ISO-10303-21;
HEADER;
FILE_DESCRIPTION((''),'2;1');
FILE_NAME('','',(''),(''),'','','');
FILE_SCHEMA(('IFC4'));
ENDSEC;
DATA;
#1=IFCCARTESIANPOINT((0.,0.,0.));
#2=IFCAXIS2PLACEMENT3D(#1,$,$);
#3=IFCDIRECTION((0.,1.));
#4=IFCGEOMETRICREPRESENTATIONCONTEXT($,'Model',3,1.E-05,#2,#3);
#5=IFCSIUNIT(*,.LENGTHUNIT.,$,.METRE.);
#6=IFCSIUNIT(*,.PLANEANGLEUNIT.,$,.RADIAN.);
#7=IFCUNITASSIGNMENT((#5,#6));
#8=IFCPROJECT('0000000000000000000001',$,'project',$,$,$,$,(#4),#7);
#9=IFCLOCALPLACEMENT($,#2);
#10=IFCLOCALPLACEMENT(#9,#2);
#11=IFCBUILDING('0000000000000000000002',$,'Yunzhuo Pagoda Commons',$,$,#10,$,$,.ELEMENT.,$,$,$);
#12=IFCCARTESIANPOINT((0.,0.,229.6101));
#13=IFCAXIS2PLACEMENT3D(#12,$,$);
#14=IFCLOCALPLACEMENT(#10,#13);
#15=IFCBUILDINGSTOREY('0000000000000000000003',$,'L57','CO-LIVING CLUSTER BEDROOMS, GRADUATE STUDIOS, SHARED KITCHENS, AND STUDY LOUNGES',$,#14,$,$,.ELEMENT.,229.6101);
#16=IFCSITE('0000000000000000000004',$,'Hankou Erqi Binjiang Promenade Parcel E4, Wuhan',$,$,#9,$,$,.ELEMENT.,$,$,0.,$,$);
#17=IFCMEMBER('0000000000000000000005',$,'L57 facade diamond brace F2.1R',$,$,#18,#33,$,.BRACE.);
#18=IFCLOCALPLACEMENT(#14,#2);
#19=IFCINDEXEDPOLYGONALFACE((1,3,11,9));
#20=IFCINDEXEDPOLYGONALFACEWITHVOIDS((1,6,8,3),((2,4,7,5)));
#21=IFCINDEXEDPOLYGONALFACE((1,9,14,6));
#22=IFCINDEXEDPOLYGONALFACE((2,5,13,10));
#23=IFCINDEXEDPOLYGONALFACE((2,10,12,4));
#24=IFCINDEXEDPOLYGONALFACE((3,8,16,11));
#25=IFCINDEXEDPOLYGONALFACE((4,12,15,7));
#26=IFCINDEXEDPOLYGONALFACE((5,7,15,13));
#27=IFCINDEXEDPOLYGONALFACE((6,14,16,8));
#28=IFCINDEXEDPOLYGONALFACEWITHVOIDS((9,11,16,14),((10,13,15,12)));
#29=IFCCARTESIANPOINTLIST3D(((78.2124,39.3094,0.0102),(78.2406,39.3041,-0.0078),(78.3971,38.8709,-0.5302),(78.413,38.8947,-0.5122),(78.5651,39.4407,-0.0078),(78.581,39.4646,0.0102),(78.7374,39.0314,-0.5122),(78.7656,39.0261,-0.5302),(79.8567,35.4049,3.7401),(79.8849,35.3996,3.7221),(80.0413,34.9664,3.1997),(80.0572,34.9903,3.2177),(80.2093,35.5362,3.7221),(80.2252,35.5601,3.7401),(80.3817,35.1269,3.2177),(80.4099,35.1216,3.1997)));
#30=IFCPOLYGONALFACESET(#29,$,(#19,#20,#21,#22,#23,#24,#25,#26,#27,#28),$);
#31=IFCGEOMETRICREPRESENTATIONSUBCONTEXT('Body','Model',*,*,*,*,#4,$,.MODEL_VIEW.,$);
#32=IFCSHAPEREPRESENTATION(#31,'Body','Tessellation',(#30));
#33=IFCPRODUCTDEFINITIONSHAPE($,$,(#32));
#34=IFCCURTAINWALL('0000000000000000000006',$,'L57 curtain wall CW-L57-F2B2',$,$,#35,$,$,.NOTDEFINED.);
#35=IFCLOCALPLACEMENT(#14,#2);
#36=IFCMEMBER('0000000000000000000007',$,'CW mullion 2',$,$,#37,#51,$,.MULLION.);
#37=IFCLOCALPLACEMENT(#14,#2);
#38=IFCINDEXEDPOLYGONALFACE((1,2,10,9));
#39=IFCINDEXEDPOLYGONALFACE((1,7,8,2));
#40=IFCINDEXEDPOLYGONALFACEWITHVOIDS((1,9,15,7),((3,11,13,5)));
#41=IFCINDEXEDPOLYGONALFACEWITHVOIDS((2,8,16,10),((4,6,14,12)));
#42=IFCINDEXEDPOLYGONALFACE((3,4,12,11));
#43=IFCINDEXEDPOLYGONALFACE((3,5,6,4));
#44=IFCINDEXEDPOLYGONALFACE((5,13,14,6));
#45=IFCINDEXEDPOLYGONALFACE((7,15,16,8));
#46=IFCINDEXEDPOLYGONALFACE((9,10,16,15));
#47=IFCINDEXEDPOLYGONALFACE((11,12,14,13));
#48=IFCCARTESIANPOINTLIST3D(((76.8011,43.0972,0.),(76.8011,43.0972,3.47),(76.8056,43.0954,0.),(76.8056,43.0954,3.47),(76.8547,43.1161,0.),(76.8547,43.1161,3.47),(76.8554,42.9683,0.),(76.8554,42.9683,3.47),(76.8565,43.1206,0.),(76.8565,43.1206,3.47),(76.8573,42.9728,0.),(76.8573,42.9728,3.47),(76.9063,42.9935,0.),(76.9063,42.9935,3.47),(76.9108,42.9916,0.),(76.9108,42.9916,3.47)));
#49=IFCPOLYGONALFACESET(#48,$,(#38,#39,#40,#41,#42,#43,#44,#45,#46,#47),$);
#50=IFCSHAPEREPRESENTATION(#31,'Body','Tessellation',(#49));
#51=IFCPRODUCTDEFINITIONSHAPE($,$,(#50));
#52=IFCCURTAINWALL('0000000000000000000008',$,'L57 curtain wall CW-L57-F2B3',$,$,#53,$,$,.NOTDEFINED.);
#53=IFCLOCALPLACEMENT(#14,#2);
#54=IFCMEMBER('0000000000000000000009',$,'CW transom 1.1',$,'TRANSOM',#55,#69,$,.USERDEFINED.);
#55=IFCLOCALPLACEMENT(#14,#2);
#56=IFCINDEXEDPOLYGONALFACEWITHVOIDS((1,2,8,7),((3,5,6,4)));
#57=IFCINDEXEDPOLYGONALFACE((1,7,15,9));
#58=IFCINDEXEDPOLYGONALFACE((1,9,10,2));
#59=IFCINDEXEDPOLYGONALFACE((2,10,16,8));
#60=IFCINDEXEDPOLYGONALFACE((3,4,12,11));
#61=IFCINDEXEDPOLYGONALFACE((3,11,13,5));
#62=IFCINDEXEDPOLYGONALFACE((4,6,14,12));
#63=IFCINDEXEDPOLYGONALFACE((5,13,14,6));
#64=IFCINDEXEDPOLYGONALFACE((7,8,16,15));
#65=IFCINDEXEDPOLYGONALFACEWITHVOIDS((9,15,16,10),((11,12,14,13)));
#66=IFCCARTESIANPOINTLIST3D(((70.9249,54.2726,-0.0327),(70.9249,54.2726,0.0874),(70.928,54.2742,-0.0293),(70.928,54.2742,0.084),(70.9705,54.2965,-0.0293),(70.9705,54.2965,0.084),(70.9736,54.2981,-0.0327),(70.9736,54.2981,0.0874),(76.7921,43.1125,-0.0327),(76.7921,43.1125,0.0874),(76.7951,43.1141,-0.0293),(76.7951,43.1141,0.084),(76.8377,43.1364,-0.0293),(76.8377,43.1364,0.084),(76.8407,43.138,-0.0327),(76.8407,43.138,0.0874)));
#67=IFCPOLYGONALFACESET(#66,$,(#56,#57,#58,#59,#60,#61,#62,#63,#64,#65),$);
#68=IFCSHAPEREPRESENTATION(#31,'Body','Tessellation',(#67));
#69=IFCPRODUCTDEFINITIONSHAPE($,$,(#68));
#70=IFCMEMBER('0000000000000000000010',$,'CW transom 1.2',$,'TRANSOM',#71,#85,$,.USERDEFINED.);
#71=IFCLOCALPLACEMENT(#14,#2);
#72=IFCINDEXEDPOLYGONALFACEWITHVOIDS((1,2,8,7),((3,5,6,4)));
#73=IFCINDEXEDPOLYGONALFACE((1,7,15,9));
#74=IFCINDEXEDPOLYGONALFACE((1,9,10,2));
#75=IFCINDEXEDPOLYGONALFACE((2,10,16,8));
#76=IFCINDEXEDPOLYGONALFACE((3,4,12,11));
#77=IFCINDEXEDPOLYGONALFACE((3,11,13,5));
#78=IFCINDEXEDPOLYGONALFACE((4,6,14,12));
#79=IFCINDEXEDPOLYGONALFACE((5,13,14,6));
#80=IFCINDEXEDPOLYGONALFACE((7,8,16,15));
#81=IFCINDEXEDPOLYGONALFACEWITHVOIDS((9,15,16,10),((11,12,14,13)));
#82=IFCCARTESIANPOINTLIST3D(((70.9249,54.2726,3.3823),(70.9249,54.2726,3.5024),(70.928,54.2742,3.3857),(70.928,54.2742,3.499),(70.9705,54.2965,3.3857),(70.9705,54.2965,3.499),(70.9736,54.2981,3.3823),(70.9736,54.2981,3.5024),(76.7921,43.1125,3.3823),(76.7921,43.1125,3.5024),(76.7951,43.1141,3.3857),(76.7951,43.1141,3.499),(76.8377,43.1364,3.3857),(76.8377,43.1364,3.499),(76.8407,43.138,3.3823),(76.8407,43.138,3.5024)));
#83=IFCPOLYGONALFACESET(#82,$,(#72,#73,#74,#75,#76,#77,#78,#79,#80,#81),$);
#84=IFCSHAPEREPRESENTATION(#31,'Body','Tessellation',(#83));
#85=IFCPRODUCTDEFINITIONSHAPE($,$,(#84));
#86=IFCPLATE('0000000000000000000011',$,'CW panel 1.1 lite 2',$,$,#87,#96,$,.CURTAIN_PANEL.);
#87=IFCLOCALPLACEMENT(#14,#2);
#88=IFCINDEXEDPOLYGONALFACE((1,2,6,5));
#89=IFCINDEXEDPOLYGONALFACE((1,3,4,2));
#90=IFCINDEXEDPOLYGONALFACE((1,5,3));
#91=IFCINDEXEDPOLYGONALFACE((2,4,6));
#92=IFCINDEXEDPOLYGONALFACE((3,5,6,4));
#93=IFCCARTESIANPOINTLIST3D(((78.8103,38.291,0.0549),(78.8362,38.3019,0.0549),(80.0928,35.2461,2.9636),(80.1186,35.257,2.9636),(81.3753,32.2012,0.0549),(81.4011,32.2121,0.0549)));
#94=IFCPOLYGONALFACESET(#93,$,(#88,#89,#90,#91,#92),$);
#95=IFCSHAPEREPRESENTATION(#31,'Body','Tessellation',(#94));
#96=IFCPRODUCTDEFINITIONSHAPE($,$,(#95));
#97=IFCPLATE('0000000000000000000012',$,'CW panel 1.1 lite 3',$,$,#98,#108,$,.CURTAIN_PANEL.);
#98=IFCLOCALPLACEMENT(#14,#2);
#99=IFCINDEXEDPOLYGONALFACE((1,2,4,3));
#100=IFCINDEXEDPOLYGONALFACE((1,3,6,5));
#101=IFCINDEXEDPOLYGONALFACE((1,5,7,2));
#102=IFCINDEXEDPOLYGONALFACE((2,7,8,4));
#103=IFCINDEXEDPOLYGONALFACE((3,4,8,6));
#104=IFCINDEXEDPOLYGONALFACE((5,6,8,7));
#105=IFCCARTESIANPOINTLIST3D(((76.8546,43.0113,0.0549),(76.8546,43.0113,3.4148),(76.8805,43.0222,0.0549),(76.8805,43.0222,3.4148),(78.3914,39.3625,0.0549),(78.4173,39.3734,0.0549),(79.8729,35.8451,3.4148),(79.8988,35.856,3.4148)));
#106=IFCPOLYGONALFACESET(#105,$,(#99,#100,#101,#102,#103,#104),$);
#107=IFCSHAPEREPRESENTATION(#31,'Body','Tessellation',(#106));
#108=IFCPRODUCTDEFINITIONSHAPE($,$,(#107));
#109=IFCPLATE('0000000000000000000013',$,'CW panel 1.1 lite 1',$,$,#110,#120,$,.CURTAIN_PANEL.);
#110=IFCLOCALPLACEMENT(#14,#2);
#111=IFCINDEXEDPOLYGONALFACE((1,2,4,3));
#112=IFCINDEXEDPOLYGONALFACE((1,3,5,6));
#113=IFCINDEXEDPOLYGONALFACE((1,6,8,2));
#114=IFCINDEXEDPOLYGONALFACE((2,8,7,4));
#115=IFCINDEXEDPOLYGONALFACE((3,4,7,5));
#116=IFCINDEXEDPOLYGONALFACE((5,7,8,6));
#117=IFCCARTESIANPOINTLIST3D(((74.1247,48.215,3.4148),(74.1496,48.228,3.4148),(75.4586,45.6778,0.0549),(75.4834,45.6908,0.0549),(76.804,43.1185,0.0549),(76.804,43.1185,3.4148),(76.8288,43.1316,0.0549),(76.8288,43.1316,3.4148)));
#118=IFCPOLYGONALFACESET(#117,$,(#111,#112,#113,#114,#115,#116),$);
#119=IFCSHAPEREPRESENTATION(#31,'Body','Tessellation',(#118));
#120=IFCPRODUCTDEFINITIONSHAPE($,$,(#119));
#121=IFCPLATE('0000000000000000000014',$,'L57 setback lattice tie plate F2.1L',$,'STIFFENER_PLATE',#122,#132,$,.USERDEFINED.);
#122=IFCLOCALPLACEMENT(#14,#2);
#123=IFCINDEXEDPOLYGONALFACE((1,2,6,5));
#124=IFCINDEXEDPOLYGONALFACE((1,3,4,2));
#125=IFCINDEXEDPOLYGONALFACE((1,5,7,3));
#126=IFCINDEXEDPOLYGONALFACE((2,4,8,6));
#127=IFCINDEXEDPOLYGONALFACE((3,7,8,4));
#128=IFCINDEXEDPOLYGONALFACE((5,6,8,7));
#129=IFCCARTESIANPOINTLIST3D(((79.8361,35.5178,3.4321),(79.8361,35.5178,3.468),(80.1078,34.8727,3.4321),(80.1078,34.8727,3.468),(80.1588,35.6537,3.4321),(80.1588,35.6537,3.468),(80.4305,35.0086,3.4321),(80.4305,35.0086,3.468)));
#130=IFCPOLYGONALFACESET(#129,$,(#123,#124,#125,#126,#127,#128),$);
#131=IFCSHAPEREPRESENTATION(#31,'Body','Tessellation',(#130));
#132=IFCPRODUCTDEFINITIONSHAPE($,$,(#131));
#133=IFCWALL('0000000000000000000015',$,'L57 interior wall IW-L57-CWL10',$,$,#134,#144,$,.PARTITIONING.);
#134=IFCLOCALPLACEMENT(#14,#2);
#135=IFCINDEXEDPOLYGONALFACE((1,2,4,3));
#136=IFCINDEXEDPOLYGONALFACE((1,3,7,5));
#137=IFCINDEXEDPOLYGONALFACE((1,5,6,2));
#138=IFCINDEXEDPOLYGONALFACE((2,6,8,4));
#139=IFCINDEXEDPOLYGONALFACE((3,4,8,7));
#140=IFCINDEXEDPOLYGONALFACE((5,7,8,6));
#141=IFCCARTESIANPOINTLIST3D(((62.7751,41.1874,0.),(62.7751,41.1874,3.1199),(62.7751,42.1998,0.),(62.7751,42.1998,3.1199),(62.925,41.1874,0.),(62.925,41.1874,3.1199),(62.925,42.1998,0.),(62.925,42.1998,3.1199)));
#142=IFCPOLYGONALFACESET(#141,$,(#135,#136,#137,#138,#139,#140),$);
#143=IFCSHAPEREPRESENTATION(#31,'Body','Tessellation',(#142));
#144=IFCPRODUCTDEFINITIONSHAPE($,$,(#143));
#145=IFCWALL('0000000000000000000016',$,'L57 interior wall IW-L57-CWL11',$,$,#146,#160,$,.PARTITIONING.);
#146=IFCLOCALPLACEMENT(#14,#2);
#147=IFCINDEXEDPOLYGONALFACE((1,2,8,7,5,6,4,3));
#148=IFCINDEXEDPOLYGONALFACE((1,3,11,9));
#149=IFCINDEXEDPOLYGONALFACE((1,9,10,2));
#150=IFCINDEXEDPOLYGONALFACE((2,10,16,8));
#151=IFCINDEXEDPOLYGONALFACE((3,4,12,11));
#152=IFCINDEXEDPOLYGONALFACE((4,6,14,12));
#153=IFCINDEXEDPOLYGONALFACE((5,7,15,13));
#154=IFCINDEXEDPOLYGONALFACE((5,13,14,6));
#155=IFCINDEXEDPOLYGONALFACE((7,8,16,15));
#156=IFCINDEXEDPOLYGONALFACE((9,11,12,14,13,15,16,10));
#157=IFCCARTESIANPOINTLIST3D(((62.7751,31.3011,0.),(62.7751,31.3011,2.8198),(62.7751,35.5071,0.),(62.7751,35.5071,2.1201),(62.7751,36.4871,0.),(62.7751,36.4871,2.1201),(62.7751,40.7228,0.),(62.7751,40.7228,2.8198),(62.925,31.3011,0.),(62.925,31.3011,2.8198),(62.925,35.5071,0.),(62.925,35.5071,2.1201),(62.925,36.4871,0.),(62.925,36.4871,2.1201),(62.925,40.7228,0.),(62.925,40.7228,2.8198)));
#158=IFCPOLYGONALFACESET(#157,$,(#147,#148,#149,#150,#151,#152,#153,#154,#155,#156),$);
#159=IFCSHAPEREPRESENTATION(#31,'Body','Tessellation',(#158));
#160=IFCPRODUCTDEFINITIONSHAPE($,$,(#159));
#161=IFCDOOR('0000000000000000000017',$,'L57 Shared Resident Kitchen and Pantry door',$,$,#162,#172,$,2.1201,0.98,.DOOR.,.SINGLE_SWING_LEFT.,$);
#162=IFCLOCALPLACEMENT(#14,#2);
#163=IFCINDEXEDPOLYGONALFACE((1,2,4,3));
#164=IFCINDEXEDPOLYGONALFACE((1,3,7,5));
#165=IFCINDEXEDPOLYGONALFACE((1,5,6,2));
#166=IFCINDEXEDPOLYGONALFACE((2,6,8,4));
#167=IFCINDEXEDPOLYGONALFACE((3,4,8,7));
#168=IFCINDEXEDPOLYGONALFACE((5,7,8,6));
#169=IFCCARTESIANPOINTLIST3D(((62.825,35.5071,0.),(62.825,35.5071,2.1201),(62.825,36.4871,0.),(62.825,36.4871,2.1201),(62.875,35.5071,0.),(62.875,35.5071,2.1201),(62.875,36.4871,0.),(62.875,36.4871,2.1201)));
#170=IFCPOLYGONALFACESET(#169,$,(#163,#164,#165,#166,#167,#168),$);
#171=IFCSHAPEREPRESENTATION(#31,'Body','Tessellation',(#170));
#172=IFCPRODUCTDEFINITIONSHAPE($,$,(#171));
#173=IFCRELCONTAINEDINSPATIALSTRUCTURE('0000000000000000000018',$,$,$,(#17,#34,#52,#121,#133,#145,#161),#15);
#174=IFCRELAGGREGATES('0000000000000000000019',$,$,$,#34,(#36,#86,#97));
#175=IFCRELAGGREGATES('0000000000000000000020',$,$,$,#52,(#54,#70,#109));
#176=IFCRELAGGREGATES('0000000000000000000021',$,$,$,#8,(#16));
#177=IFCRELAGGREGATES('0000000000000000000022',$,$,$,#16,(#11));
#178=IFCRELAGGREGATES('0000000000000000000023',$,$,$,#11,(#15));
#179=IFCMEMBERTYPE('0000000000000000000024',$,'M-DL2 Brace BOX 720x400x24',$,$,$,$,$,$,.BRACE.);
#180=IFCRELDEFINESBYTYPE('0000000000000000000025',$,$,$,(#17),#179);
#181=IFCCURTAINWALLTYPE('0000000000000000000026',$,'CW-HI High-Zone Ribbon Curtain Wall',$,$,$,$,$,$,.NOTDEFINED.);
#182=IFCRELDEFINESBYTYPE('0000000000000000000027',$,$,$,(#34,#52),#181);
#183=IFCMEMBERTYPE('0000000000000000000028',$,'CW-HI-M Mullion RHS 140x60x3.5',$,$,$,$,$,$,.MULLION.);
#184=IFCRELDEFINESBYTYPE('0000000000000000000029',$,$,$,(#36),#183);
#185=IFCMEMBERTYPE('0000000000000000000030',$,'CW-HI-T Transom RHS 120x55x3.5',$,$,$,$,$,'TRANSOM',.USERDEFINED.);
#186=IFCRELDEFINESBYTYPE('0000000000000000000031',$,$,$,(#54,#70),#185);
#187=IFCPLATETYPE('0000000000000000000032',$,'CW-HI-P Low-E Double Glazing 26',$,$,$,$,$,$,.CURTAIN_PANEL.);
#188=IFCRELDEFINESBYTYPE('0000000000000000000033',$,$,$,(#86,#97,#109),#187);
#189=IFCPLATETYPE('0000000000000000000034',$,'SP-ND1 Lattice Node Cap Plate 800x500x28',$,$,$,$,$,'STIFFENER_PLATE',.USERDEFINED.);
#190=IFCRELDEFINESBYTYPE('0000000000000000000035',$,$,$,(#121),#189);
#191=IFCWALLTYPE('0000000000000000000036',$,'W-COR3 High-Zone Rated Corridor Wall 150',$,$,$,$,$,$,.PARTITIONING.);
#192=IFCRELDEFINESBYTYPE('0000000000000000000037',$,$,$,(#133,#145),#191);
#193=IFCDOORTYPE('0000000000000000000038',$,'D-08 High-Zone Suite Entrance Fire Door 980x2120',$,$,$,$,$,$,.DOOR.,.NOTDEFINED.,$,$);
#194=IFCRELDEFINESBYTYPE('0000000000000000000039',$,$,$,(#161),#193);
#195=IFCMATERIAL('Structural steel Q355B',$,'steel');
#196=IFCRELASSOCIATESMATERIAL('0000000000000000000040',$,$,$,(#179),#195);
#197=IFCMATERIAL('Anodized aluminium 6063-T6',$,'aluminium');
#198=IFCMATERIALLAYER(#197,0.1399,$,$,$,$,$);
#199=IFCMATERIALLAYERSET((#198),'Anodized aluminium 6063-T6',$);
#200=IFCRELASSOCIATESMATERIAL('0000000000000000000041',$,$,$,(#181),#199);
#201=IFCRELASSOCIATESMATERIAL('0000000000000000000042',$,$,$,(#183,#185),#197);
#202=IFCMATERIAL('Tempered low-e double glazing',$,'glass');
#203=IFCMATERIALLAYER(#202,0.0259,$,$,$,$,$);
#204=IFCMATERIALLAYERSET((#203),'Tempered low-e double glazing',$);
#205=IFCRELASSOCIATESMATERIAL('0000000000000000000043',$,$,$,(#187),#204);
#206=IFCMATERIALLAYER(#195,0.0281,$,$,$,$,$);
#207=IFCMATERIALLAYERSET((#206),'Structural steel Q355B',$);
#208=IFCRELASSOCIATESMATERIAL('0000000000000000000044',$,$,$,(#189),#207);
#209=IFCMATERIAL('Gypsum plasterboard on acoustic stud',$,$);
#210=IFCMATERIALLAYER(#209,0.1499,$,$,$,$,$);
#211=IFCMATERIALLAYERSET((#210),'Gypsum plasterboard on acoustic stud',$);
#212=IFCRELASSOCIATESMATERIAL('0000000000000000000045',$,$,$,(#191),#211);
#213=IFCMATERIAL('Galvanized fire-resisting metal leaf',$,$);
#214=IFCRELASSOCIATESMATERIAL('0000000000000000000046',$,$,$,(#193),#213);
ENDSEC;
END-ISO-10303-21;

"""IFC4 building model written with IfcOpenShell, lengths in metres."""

from ifc_helpers import new_model, si_unit, direction, frame, frame_2d, origin, origin_with_axes, origin_2d, place, context, subcontext, project, spatial, polyline, rectangle, hollow_rectangle, outline, extrude, source, transform, mapped, material, layer, layer_set, material_profile, profile_set, type_object, element, fill, aggregate, save


model = new_model("IFC4")

# Units and contexts
model_context = context("Model", 3, precision=1e-05, world=origin(), true_north=direction((0.0, 1.0)))
body_context = subcontext(model_context, "Body", "Model", "MODEL_VIEW")
ifc_project = project(units=[si_unit("LENGTHUNIT", "METRE"), si_unit("PLANEANGLEUNIT", "RADIAN")], contexts=[model_context])

# Site, building, storey
site_placement = place(None, origin())
site = spatial("IfcSite", under=ifc_project, at=site_placement, Name="Hankou Erqi Binjiang Promenade Parcel E4, Wuhan", CompositionType="ELEMENT", RefElevation=0.0)
building_placement = place(site_placement, origin())
building = spatial("IfcBuilding", under=site, at=building_placement, Name="Yunzhuo Pagoda Commons", CompositionType="ELEMENT")
storey_placement = place(building_placement, frame((0.0, 0.0, 229.6101)))
storey = spatial("IfcBuildingStorey", under=building, at=storey_placement, Name="L57", Description="CO-LIVING CLUSTER BEDROOMS, GRADUATE STUDIOS, SHARED KITCHENS, AND STUDY LOUNGES", CompositionType="ELEMENT", Elevation=229.6101)

# Shared definitions
ifc_material_1 = material(Name="Structural steel Q355B", Category="steel")

# Member
ifc_material_profile_1 = material_profile(ifc_material_1, hollow_rectangle(XDim=0.3999, YDim=0.72, WallThickness=0.0239, at=origin_2d()), Name="Structural steel Q355B")
ifc_profile_set_1 = profile_set([ifc_material_profile_1], Name="Structural steel Q355B")
member_type_1 = type_object("IfcMemberType", Name="M-DL2 Brace BOX 720x400x24", PredefinedType="BRACE", material=ifc_profile_set_1)
shared_shape_1 = source(origin(), body_context, "Body", "SweptSolid", [
    extrude(hollow_rectangle(XDim=0.3999, YDim=0.72, WallThickness=0.0239, at=origin_2d()), origin(), (0.0, 0.0, 1.0), 5.6445),
])
member_1_placement = place(storey_placement, frame((78.489, 39.1677, -0.26), z_axis=(0.291301, -0.691726, 0.660801), x_axis=(0.921613, 0.388111, 0.0)))
element("IfcMember", 1, at=member_1_placement, inside=storey, type_object=member_type_1, Name="L57 facade diamond brace F2.1R", PredefinedType="BRACE", context=body_context, shape_type="MappedRepresentation", body=[
    mapped(shared_shape_1, transform((0.0, 0.0, 0.0), scale=1.0)),
])

# Curtain wall, member
ifc_material_2 = material(Name="Anodized aluminium 6063-T6", Category="aluminium")
ifc_layer_1 = layer(ifc_material_2, 0.1399)
ifc_layer_set_1 = layer_set([ifc_layer_1], Name="Anodized aluminium 6063-T6")
curtain_wall_type = type_object("IfcCurtainWallType", Name="CW-HI High-Zone Ribbon Curtain Wall", PredefinedType="NOTDEFINED", material=ifc_layer_set_1)
curtain_wall_1_placement = place(storey_placement, origin())
curtain_wall_1 = element("IfcCurtainWall", 2, at=curtain_wall_1_placement, inside=storey, type_object=curtain_wall_type, Name="L57 curtain wall CW-L57-F2B2", PredefinedType="NOTDEFINED")
ifc_material_profile_2 = material_profile(ifc_material_2, hollow_rectangle(XDim=0.0601, YDim=0.1399, WallThickness=0.0034, at=origin_2d()), Name="Anodized aluminium 6063-T6")
ifc_profile_set_2 = profile_set([ifc_material_profile_2], Name="Anodized aluminium 6063-T6")
member_type_2 = type_object("IfcMemberType", Name="CW-HI-M Mullion RHS 140x60x3.5", PredefinedType="MULLION", material=ifc_profile_set_2)
shared_shape_2 = source(origin(), body_context, "Body", "SweptSolid", [
    extrude(hollow_rectangle(XDim=0.0601, YDim=0.1399, WallThickness=0.0034, at=origin_2d()), origin(), (0.0, 0.0, 1.0), 3.47),
])
member_2_placement = place(storey_placement, frame((76.856, 43.0444, 0.0), z_axis=(0.0, 0.0, 1.0), x_axis=(-0.921589, -0.388167, 0.0)))
member_2 = element("IfcMember", 3, at=member_2_placement, type_object=member_type_2, Name="CW mullion 2", PredefinedType="MULLION", context=body_context, shape_type="MappedRepresentation", body=[
    mapped(shared_shape_2, transform((0.0, 0.0, 0.0), scale=1.0)),
])

# Curtain wall, members
curtain_wall_2_placement = place(storey_placement, origin())
curtain_wall_2 = element("IfcCurtainWall", 4, at=curtain_wall_2_placement, inside=storey, type_object=curtain_wall_type, Name="L57 curtain wall CW-L57-F2B3", PredefinedType="NOTDEFINED")
ifc_material_profile_3 = material_profile(ifc_material_2, hollow_rectangle(XDim=0.0549, YDim=0.1201, WallThickness=0.0034, at=origin_2d()), Name="Anodized aluminium 6063-T6")
ifc_profile_set_3 = profile_set([ifc_material_profile_3], Name="Anodized aluminium 6063-T6")
member_type_3 = type_object("IfcMemberType", Name="CW-HI-T Transom RHS 120x55x3.5", ElementType="TRANSOM", PredefinedType="USERDEFINED", material=ifc_profile_set_3)
shared_shape_3 = source(origin(), body_context, "Body", "SweptSolid", [
    extrude(hollow_rectangle(XDim=0.0549, YDim=0.1201, WallThickness=0.0034, at=origin_2d()), origin(), (0.0, 0.0, 1.0), 12.6084),
])
member_3_placement = place(storey_placement, frame((76.8164, 43.1252, 0.0273), z_axis=(-0.465338, 0.885133, 0.0), x_axis=(-0.885133, -0.465338, 0.0)))
member_3 = element("IfcMember", 5, at=member_3_placement, type_object=member_type_3, Name="CW transom 1.1", ObjectType="TRANSOM", PredefinedType="USERDEFINED", context=body_context, shape_type="MappedRepresentation", body=[
    mapped(shared_shape_3, transform((0.0, 0.0, 0.0), scale=1.0)),
])
member_4_placement = place(storey_placement, frame((76.8164, 43.1252, 3.4424), z_axis=(-0.465338, 0.885133, 0.0), x_axis=(-0.885133, -0.465338, 0.0)))
member_4 = element("IfcMember", 6, at=member_4_placement, type_object=member_type_3, Name="CW transom 1.2", ObjectType="TRANSOM", PredefinedType="USERDEFINED", context=body_context, shape_type="MappedRepresentation", body=[
    mapped(shared_shape_3, transform((0.0, 0.0, 0.0), scale=1.0)),
])

# Plates
ifc_material_3 = material(Name="Tempered low-e double glazing", Category="glass")
ifc_layer_2 = layer(ifc_material_3, 0.0259)
ifc_layer_set_2 = layer_set([ifc_layer_2], Name="Tempered low-e double glazing")
plate_type_1 = type_object("IfcPlateType", Name="CW-HI-P Low-E Double Glazing 26", PredefinedType="CURTAIN_PANEL", material=ifc_layer_set_2)
plate_1_placement = place(storey_placement, frame((80.0928, 35.2461, 1.5093), z_axis=(0.921589, 0.388167, 0.0), x_axis=(-0.388167, 0.921589, 0.0)))
plate_1 = element("IfcPlate", 7, at=plate_1_placement, type_object=plate_type_1, Name="CW panel 1.1 lite 2", PredefinedType="CURTAIN_PANEL", context=body_context, shape_type="SweptSolid", body=[
    extrude(outline(polyline([(-3.304, -1.4543), (3.304, -1.4543), (0.0, 1.4543), (-3.304, -1.4543)])), origin(), (0.0, 0.0, 1.0), 0.0281),
])
plate_2_placement = place(storey_placement, frame((78.3638, 39.4282, 1.7349), z_axis=(0.921589, 0.388167, 0.0), x_axis=(-0.388167, 0.921589, 0.0)))
plate_2 = element("IfcPlate", 8, at=plate_2_placement, type_object=plate_type_1, Name="CW panel 1.1 lite 3", PredefinedType="CURTAIN_PANEL", context=body_context, shape_type="SweptSolid", body=[
    extrude(outline(polyline([(-3.8879, 1.6799), (-0.0713, -1.6799), (3.8879, -1.6799), (3.8879, 1.6799), (-3.8879, 1.6799)])), origin(), (0.0, 0.0, 1.0), 0.0281),
])
aggregate(curtain_wall_1, [member_2, plate_1, plate_2])
plate_3_placement = place(storey_placement, frame((75.4644, 45.6667, 1.7349), z_axis=(0.885138, 0.465329, 0.0), x_axis=(-0.465329, 0.885138, 0.0)))
plate_3 = element("IfcPlate", 9, at=plate_3_placement, type_object=plate_type_1, Name="CW panel 1.1 lite 1", PredefinedType="CURTAIN_PANEL", context=body_context, shape_type="SweptSolid", body=[
    extrude(outline(polyline([(-2.8789, -1.6799), (0.0125, -1.6799), (2.8789, 1.6799), (-2.8789, 1.6799), (-2.8789, -1.6799)])), origin(), (0.0, 0.0, 1.0), 0.0281),
])
aggregate(curtain_wall_2, [member_3, member_4, plate_3])
ifc_layer_3 = layer(ifc_material_1, 0.0281)
ifc_layer_set_3 = layer_set([ifc_layer_3], Name="Structural steel Q355B")
plate_type_2 = type_object("IfcPlateType", Name="SP-ND1 Lattice Node Cap Plate 800x500x28", ElementType="STIFFENER_PLATE", PredefinedType="USERDEFINED", material=ifc_layer_set_3)
shared_shape_4 = source(origin(), body_context, "Body", "SweptSolid", [
    extrude(rectangle(XDim=0.7, YDim=0.3501, at=origin_2d()), origin(), (0.0, 0.0, 1.0), 0.0359),
])
plate_4_placement = place(storey_placement, frame((80.1333, 35.2632, 3.4321), z_axis=(0.0, 0.0, 1.0), x_axis=(-0.388175, 0.921586, 0.0)))
element("IfcPlate", 10, at=plate_4_placement, inside=storey, type_object=plate_type_2, Name="L57 setback lattice tie plate F2.1L", ObjectType="STIFFENER_PLATE", PredefinedType="USERDEFINED", context=body_context, shape_type="MappedRepresentation", body=[
    mapped(shared_shape_4, transform((0.0, 0.0, 0.0), scale=1.0)),
])

# Wall
ifc_material_4 = material(Name="Gypsum plasterboard on acoustic stud")
ifc_layer_4 = layer(ifc_material_4, 0.1499)
ifc_layer_set_4 = layer_set([ifc_layer_4], Name="Gypsum plasterboard on acoustic stud")
wall_type_1 = type_object("IfcWallType", Name="W-COR3 High-Zone Rated Corridor Wall 150", PredefinedType="PARTITIONING", material=ifc_layer_set_4)
wall_1_placement = place(storey_placement, frame((62.8501, 42.2, 0.0), z_axis=(0.0, 0.0, 1.0), x_axis=(0.0, -1.0, 0.0)))
element("IfcWall", 11, at=wall_1_placement, inside=storey, type_object=wall_type_1, Name="L57 interior wall IW-L57-CWL10", PredefinedType="PARTITIONING", context=body_context, shape_type="SweptSolid", body=[
    extrude(rectangle(XDim=1.0125, YDim=0.1499, at=frame_2d((0.5063, 0.0))), origin(), (0.0, 0.0, 1.0), 3.1199),
])

# Wall, opening, door
wall_2_placement = place(storey_placement, frame((62.8501, 40.7229, 0.0), z_axis=(0.0, 0.0, 1.0), x_axis=(0.0, -1.0, 0.0)))
wall_2 = element("IfcWall", 12, at=wall_2_placement, inside=storey, type_object=wall_type_1, Name="L57 interior wall IW-L57-CWL11", PredefinedType="PARTITIONING", context=body_context, shape_type="SweptSolid", body=[
    extrude(rectangle(XDim=9.4216, YDim=0.1499, at=frame_2d((4.7109, 0.0))), origin(), (0.0, 0.0, 1.0), 2.8198),
])
opening_placement = place(wall_2_placement, frame((4.2358, 0.0, 0.0)))
opening = element("IfcOpeningElement", 13, at=opening_placement, cuts=wall_2, PredefinedType="OPENING", context=body_context, shape_type="SweptSolid", body=[
    extrude(rectangle(XDim=0.98, YDim=2.1201, at=frame_2d((0.49, 1.0601))), frame((0.0, 0.085, 0.0), z_axis=(0.0, -1.0, 0.0), x_axis=(1.0, 0.0, 0.0)), (0.0, 0.0, 1.0), 0.1699),
])
ifc_material_5 = material(Name="Galvanized fire-resisting metal leaf")
door_type = type_object("IfcDoorType", Name="D-08 High-Zone Suite Entrance Fire Door 980x2120", OperationType="NOTDEFINED", PredefinedType="DOOR", material=ifc_material_5)
shared_shape_5 = source(origin(), body_context, "Body", "SweptSolid", [
    extrude(rectangle(XDim=0.98, YDim=2.1201, at=frame_2d((0.49, 1.0601))), frame((0.0, 0.0249, 0.0), z_axis=(0.0, -1.0, 0.0), x_axis=(1.0, 0.0, 0.0)), (0.0, 0.0, 1.0), 0.05),
])
door_placement = place(opening_placement, origin_with_axes())
door = element("IfcDoor", 14, at=door_placement, inside=storey, type_object=door_type, Name="L57 Shared Resident Kitchen and Pantry door", OperationType="SINGLE_SWING_LEFT", OverallHeight=2.1201, OverallWidth=0.98, PredefinedType="DOOR", context=body_context, shape_type="MappedRepresentation", body=[
    mapped(shared_shape_5, transform((0.0, 0.0, 0.0), scale=1.0)),
])
fill(opening, door)

save(model, "model.ifc")
